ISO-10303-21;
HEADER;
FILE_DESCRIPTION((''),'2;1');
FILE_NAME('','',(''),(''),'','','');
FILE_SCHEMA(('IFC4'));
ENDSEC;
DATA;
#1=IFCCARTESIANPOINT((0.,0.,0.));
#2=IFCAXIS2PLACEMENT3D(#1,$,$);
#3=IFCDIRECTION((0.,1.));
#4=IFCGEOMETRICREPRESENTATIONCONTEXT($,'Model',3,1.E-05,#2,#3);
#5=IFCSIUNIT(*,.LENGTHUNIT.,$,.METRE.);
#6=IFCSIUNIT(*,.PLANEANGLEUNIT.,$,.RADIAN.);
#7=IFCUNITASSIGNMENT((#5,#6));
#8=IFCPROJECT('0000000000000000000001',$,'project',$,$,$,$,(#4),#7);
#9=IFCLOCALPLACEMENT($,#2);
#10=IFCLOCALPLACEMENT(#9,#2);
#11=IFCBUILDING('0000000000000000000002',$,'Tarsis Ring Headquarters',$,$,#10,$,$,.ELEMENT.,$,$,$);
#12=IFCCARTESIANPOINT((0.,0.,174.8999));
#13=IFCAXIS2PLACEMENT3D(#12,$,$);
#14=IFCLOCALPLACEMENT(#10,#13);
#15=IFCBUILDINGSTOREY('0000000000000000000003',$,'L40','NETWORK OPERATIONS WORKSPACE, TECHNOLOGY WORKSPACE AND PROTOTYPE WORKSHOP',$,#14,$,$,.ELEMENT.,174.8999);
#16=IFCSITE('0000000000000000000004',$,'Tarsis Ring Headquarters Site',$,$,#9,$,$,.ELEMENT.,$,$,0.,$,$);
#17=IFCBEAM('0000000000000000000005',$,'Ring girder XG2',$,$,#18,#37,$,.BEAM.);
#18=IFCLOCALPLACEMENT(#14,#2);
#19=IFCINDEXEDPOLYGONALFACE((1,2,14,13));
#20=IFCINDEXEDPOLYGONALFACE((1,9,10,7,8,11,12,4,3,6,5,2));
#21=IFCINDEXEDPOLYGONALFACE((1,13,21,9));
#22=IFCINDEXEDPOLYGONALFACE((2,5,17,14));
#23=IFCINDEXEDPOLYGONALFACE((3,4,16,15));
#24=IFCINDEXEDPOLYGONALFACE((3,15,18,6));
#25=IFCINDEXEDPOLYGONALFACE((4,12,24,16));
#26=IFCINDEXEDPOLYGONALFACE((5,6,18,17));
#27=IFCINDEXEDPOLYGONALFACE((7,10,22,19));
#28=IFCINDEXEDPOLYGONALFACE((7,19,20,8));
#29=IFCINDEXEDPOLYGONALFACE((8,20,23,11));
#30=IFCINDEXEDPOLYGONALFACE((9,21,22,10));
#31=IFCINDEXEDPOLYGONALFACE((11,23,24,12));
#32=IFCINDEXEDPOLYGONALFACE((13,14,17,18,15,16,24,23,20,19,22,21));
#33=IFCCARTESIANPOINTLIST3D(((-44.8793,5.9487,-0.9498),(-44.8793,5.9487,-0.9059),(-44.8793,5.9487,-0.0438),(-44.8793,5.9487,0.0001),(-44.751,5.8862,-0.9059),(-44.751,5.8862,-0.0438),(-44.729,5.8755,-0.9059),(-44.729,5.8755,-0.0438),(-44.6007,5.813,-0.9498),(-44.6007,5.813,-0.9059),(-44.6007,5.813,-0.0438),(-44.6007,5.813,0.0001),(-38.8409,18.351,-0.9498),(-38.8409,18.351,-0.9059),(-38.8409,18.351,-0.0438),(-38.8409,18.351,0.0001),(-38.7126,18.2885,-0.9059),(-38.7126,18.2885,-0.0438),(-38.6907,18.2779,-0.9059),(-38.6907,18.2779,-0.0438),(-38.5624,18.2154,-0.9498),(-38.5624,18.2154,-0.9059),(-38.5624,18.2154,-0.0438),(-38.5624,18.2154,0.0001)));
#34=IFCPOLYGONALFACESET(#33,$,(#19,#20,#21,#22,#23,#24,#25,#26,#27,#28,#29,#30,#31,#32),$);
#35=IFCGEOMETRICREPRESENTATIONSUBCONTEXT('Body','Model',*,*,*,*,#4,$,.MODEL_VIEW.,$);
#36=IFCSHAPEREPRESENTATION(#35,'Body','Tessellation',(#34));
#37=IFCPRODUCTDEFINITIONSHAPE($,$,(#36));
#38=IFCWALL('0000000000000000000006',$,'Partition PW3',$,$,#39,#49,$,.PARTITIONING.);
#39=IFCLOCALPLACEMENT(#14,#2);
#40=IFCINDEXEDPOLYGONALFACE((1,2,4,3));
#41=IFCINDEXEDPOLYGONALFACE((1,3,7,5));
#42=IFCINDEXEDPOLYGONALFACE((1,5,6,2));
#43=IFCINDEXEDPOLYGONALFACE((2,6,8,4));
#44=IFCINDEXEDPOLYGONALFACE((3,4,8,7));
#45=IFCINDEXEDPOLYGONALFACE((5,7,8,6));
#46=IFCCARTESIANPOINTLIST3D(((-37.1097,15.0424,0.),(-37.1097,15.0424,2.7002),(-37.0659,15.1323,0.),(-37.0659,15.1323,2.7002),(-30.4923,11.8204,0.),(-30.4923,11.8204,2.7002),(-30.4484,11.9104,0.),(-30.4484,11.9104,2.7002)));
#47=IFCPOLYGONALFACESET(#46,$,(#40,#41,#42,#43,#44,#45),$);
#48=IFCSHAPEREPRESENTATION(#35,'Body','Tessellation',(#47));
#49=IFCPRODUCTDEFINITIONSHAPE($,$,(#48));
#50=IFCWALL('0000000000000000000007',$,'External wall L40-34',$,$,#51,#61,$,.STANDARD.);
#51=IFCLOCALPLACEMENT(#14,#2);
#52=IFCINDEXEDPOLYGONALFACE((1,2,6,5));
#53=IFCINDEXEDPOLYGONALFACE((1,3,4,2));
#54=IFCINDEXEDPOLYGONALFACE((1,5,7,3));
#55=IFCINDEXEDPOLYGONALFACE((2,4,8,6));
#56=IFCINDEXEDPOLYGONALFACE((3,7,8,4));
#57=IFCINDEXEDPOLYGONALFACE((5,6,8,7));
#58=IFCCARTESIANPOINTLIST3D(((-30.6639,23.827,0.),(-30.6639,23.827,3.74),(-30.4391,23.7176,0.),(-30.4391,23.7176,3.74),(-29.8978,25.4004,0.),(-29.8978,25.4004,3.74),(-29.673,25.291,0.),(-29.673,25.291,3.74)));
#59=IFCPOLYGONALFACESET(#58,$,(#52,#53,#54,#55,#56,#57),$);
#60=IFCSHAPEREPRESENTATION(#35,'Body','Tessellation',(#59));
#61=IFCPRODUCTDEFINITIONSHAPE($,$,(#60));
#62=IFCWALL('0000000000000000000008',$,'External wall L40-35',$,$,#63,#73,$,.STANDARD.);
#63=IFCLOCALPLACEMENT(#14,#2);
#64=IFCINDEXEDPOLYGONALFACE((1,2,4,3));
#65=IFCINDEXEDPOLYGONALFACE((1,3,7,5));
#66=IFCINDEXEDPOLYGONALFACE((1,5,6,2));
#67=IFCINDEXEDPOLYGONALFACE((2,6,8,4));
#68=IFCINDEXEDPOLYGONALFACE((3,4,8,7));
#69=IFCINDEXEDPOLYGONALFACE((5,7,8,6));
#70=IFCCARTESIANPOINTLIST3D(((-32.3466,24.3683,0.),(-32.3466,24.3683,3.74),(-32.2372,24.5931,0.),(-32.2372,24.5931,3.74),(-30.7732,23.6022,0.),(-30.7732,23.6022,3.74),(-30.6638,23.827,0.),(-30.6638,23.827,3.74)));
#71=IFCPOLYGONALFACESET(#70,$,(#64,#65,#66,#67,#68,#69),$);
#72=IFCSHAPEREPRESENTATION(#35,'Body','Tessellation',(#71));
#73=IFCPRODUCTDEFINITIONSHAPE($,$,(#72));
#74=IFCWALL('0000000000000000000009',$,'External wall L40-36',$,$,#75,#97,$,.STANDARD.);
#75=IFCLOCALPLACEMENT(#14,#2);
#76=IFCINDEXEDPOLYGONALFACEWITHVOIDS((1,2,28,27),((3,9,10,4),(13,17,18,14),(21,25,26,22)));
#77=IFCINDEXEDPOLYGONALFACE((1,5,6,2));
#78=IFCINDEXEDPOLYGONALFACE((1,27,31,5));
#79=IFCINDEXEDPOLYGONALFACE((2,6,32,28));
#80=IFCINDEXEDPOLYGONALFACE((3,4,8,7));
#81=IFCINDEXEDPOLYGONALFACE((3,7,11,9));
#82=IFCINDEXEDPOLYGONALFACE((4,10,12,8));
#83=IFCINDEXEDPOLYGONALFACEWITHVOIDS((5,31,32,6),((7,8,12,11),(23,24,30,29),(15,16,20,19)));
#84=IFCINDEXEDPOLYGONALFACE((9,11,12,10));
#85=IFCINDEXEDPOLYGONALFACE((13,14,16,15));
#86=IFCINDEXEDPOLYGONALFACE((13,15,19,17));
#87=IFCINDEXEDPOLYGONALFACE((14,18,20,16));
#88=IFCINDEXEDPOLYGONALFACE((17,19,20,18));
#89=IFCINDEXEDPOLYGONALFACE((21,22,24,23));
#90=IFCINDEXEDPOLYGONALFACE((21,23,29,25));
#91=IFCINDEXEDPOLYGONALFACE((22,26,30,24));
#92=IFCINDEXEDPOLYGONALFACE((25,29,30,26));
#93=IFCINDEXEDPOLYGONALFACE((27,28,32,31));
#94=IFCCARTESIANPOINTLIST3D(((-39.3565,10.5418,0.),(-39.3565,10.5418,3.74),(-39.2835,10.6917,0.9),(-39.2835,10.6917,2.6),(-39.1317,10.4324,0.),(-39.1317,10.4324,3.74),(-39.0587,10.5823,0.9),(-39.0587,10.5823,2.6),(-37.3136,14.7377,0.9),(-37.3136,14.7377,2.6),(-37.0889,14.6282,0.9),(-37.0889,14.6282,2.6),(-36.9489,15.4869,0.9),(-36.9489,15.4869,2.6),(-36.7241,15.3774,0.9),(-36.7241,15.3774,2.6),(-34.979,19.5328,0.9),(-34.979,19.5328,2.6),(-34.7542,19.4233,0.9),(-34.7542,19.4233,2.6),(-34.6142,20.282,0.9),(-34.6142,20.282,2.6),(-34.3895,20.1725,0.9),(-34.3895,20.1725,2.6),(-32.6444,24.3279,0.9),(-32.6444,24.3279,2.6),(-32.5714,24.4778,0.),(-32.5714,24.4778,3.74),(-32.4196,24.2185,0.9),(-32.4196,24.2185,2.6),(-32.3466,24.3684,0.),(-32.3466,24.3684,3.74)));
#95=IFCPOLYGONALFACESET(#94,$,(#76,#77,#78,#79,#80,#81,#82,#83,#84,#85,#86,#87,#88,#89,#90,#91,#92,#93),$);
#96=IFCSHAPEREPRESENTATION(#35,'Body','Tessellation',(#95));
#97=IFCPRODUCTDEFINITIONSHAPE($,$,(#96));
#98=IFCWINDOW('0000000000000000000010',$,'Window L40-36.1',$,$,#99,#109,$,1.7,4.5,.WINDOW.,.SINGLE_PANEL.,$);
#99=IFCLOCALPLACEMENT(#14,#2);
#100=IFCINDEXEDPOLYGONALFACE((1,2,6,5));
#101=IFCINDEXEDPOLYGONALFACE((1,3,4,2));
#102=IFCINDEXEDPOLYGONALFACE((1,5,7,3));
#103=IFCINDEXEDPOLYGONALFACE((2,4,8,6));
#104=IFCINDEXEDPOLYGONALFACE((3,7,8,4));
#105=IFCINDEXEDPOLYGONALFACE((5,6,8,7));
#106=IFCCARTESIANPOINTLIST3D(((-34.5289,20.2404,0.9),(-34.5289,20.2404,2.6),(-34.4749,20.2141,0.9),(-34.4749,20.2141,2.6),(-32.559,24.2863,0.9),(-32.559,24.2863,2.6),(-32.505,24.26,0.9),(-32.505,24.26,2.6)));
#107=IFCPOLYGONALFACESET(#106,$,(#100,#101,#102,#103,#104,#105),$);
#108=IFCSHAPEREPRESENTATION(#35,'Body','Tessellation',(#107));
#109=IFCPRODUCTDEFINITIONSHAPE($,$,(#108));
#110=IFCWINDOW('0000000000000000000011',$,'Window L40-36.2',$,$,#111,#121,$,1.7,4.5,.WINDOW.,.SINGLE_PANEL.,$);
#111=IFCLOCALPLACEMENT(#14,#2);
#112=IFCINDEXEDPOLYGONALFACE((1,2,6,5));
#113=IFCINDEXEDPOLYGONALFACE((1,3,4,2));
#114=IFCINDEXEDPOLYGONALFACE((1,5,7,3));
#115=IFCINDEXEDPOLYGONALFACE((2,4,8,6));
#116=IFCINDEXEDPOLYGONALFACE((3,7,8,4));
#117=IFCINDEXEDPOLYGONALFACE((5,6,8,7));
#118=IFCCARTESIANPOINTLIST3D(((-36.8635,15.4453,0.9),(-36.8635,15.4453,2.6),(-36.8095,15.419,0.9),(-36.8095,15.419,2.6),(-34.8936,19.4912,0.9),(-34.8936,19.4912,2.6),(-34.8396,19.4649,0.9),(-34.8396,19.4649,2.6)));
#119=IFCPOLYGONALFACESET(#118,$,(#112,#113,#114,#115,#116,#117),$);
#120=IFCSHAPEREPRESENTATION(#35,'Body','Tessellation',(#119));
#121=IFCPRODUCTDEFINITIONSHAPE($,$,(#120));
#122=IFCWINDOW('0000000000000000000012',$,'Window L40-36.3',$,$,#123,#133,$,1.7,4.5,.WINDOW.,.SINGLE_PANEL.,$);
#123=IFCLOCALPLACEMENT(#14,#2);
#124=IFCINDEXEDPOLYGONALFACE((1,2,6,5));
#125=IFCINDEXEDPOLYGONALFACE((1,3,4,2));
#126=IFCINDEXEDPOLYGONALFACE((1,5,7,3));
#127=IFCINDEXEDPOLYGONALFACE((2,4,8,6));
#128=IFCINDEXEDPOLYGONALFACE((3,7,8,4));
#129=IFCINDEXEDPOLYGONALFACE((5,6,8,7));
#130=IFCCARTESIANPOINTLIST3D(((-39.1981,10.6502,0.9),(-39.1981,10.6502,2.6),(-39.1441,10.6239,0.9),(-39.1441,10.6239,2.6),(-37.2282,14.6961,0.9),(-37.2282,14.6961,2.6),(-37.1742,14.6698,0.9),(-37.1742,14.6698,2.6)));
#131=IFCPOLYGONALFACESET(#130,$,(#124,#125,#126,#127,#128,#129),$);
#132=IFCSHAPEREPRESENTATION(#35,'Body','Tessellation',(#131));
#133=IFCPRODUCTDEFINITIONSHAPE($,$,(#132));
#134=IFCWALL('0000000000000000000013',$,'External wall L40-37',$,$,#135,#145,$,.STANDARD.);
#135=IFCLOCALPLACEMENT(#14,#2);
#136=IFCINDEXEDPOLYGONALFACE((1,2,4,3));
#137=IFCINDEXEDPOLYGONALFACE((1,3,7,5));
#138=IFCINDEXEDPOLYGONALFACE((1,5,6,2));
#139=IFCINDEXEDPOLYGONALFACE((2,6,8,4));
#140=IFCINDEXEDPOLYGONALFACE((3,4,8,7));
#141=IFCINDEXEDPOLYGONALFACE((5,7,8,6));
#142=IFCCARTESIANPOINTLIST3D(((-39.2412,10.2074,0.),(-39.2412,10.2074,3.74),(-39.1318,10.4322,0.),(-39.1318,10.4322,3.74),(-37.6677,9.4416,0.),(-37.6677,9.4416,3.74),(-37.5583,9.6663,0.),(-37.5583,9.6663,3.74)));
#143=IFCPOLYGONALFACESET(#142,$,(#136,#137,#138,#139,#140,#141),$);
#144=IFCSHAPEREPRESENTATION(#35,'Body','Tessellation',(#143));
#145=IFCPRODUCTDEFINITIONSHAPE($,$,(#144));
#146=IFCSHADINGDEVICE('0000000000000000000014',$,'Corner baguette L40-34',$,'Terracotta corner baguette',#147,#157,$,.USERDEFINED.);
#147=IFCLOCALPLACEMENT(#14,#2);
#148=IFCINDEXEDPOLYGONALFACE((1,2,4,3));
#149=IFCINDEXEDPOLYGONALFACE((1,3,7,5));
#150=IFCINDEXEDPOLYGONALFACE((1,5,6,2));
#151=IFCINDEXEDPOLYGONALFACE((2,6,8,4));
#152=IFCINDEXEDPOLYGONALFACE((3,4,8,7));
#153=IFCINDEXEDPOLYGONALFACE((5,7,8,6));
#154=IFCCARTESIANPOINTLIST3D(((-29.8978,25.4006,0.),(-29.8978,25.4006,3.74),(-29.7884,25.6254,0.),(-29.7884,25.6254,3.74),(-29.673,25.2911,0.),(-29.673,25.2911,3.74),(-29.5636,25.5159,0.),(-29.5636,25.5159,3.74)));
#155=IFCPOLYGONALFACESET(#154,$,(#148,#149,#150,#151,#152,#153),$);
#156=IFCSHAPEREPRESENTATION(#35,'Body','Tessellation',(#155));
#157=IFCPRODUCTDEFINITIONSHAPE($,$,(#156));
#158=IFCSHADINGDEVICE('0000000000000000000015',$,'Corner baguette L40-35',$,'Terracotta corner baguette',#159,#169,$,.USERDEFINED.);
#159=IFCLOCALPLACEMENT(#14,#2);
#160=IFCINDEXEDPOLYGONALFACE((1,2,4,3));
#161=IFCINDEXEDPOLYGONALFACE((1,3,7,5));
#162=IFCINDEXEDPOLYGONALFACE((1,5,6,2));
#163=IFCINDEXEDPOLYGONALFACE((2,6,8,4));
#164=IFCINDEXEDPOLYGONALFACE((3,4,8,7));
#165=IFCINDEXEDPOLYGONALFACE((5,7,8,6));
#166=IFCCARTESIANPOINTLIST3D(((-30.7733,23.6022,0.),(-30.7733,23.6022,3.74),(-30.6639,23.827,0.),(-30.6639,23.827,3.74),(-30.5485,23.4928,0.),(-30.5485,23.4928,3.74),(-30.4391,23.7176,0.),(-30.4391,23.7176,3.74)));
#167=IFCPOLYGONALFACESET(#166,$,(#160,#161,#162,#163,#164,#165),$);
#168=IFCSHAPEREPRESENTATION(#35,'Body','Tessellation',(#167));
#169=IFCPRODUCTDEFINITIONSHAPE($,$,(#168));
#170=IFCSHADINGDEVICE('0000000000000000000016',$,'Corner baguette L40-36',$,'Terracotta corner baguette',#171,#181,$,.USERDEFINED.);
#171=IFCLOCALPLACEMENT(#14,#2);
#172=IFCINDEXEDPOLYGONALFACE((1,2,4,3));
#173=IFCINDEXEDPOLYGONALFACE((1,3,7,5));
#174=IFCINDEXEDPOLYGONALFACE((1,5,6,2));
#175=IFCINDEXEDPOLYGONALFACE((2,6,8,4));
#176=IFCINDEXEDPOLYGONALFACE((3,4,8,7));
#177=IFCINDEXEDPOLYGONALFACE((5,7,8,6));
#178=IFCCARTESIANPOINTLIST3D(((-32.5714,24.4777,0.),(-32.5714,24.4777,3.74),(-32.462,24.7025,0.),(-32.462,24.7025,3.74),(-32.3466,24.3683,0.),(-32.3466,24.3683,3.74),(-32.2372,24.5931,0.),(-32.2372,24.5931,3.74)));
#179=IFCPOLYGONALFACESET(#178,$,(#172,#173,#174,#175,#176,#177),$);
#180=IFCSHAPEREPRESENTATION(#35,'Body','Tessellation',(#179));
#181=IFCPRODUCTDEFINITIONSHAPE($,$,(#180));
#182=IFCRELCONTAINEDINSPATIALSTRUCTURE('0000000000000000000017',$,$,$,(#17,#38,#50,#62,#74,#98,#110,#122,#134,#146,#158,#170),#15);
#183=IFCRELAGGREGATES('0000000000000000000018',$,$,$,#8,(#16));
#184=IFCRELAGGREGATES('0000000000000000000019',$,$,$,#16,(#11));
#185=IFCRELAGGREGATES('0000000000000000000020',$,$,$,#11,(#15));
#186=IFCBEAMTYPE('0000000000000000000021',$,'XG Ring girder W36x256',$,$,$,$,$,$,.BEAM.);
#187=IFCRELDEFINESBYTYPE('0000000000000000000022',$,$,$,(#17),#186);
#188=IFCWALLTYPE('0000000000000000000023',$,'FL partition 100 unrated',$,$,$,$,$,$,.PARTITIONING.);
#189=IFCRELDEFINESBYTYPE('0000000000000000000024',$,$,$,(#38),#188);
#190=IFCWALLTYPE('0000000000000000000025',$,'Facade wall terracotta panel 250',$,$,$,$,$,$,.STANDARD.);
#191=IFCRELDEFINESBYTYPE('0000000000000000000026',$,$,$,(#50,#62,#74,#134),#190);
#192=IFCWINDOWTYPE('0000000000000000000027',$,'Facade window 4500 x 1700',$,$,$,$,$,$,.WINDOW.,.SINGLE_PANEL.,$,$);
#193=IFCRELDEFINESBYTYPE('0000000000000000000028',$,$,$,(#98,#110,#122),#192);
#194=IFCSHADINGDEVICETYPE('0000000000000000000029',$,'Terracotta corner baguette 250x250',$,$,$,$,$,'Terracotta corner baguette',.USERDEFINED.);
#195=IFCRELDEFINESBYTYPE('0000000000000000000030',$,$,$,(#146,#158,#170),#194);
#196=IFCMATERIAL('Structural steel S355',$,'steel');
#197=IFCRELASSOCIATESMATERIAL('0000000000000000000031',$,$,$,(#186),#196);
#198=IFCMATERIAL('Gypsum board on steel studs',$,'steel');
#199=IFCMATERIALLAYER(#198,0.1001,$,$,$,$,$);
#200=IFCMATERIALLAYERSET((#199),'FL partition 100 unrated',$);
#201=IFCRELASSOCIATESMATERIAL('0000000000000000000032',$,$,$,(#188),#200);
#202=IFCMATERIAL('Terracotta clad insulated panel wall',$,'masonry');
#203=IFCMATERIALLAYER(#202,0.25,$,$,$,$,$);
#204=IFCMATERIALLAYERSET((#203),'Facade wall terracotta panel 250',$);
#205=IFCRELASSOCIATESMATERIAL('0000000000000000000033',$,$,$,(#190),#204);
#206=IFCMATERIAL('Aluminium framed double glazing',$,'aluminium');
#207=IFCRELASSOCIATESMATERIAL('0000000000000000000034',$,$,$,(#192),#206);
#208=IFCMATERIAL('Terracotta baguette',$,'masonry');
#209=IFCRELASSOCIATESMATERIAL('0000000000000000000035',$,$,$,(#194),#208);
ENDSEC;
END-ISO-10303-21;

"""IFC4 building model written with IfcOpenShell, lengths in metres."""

from ifc_helpers import new_model, si_unit, direction, frame, frame_2d, origin, origin_2d, place, context, subcontext, project, spatial, rectangle, i_section, extrude, material, layer, layer_set, material_profile, profile_set, type_object, element, fill, save


model = new_model("IFC4")

# Units and contexts
model_context = context("Model", 3, precision=1e-05, world=origin(), true_north=direction((0.0, 1.0)))
body_context = subcontext(model_context, "Body", "Model", "MODEL_VIEW")
ifc_project = project(units=[si_unit("LENGTHUNIT", "METRE"), si_unit("PLANEANGLEUNIT", "RADIAN")], contexts=[model_context])

# Site, building, storey
site_placement = place(None, origin())
site = spatial("IfcSite", under=ifc_project, at=site_placement, Name="Tarsis Ring Headquarters Site", CompositionType="ELEMENT", RefElevation=0.0)
building_placement = place(site_placement, origin())
building = spatial("IfcBuilding", under=site, at=building_placement, Name="Tarsis Ring Headquarters", CompositionType="ELEMENT")
storey_placement = place(building_placement, frame((0.0, 0.0, 174.8999)))
storey = spatial("IfcBuildingStorey", under=building, at=storey_placement, Name="L40", Description="NETWORK OPERATIONS WORKSPACE, TECHNOLOGY WORKSPACE AND PROTOTYPE WORKSHOP", CompositionType="ELEMENT", Elevation=174.8999)

# Shared definitions
ifc_material_1 = material(Name="Structural steel S355", Category="steel")

# Beam
ifc_material_profile_1 = material_profile(ifc_material_1, i_section(OverallWidth=0.3098, OverallDepth=0.95, WebThickness=0.0244, FlangeThickness=0.0439, at=origin_2d()), Name="W36x256")
ifc_profile_set_1 = profile_set([ifc_material_profile_1], Name="Structural steel S355")
beam_type = type_object("IfcBeamType", Name="XG Ring girder W36x256", PredefinedType="BEAM", material=ifc_profile_set_1)
for number, where, z_axis, x_axis, name in (
    (1, (-38.7017, 18.2832, -0.4749), (-0.437745, -0.899099, 0.0), (0.899099, -0.437745, 0.0), "Ring girder XG2"),
):
    element("IfcBeam", number, at=place(storey_placement, frame(where, z_axis=z_axis, x_axis=x_axis)), inside=storey, type_object=beam_type, Name=name, PredefinedType="BEAM", context=body_context, shape_type="SweptSolid", body=[
        extrude(i_section(OverallWidth=0.3098, OverallDepth=0.95, WebThickness=0.0244, FlangeThickness=0.0439, at=origin_2d()), origin(), (0.0, 0.0, 1.0), 13.7942),
    ])

# Walls
ifc_material_2 = material(Name="Gypsum board on steel studs", Category="steel")
ifc_layer_1 = layer(ifc_material_2, 0.1001)
ifc_layer_set_1 = layer_set([ifc_layer_1], Name="FL partition 100 unrated")
wall_type_1 = type_object("IfcWallType", Name="FL partition 100 unrated", PredefinedType="PARTITIONING", material=ifc_layer_set_1)
wall_1_placement = place(storey_placement, frame((-37.0879, 15.0874, 0.0), z_axis=(0.0, 0.0, 1.0), x_axis=(0.899094, -0.437755, 0.0)))
element("IfcWall", 2, at=wall_1_placement, inside=storey, type_object=wall_type_1, Name="Partition PW3", PredefinedType="PARTITIONING", context=body_context, shape_type="SweptSolid", body=[
    extrude(rectangle(XDim=7.3601, YDim=0.1001, at=frame_2d((3.6802, 0.0))), origin(), (0.0, 0.0, 1.0), 2.7002),
])
ifc_material_3 = material(Name="Terracotta clad insulated panel wall", Category="masonry")
ifc_layer_2 = layer(ifc_material_3, 0.25)
ifc_layer_set_2 = layer_set([ifc_layer_2], Name="Facade wall terracotta panel 250")
wall_type_2 = type_object("IfcWallType", Name="Facade wall terracotta panel 250", PredefinedType="STANDARD", material=ifc_layer_set_2)
for number, where, z_axis, x_axis, name in (
    (3, (-29.7854, 25.3457, 0.0), (0.0, 0.0, 1.0), (-0.437758, -0.899093, 0.0), "External wall L40-34"),
    (4, (-30.7185, 23.7146, 0.0), (0.0, 0.0, 1.0), (-0.899093, 0.437758, 0.0), "External wall L40-35"),
):
    element("IfcWall", number, at=place(storey_placement, frame(where, z_axis=z_axis, x_axis=x_axis)), inside=storey, type_object=wall_type_2, Name=name, PredefinedType="STANDARD", context=body_context, shape_type="SweptSolid", body=[
        extrude(rectangle(XDim=1.75, YDim=0.25, at=frame_2d((0.875, 0.0))), origin(), (0.0, 0.0, 1.0), 3.74),
    ])

# Wall, openings, windows
wall_2_placement = place(storey_placement, frame((-32.459, 24.4231, 0.0), z_axis=(0.0, 0.0, 1.0), x_axis=(-0.437751, -0.899096, 0.0)))
wall_2 = element("IfcWall", 5, at=wall_2_placement, inside=storey, type_object=wall_type_2, Name="External wall L40-36", PredefinedType="STANDARD", context=body_context, shape_type="SweptSolid", body=[
    extrude(rectangle(XDim=15.5, YDim=0.25, at=frame_2d((7.75, 0.0))), origin(), (0.0, 0.0, 1.0), 3.74),
])
opening_1_placement = place(wall_2_placement, frame((0.1667, 0.0, 0.8999)))
opening_1 = element("IfcOpeningElement", 6, at=opening_1_placement, cuts=wall_2, PredefinedType="OPENING", context=body_context, shape_type="SweptSolid", body=[
    extrude(rectangle(XDim=4.5, YDim=1.7, at=frame_2d((2.25, 0.8501))), frame((0.0, 0.135, 0.0), z_axis=(0.0, -1.0, 0.0), x_axis=(1.0, 0.0, 0.0)), (0.0, 0.0, 1.0), 0.27),
])
opening_2_placement = place(wall_2_placement, frame((5.5, 0.0, 0.8999)))
opening_2 = element("IfcOpeningElement", 7, at=opening_2_placement, cuts=wall_2, PredefinedType="OPENING", context=body_context, shape_type="SweptSolid", body=[
    extrude(rectangle(XDim=4.5, YDim=1.7, at=frame_2d((2.25, 0.8501))), frame((0.0, 0.135, 0.0), z_axis=(0.0, -1.0, 0.0), x_axis=(1.0, 0.0, 0.0)), (0.0, 0.0, 1.0), 0.27),
])
opening_3_placement = place(wall_2_placement, frame((10.8333, 0.0, 0.8999)))
opening_3 = element("IfcOpeningElement", 8, at=opening_3_placement, cuts=wall_2, PredefinedType="OPENING", context=body_context, shape_type="SweptSolid", body=[
    extrude(rectangle(XDim=4.5, YDim=1.7, at=frame_2d((2.25, 0.8501))), frame((0.0, 0.135, 0.0), z_axis=(0.0, -1.0, 0.0), x_axis=(1.0, 0.0, 0.0)), (0.0, 0.0, 1.0), 0.27),
])
ifc_material_4 = material(Name="Aluminium framed double glazing", Category="aluminium")
window_type = type_object("IfcWindowType", Name="Facade window 4500 x 1700", PartitioningType="SINGLE_PANEL", PredefinedType="WINDOW", material=ifc_material_4)
window_1_placement = place(opening_1_placement, origin())
window_1 = element("IfcWindow", 9, at=window_1_placement, inside=storey, type_object=window_type, Name="Window L40-36.1", OverallHeight=1.7, OverallWidth=4.5, PartitioningType="SINGLE_PANEL", PredefinedType="WINDOW", context=body_context, shape_type="SweptSolid", body=[
    extrude(rectangle(XDim=4.5, YDim=1.7, at=frame_2d((2.25, 0.8501))), frame((0.0, 0.03, 0.0), z_axis=(0.0, -1.0, 0.0), x_axis=(1.0, 0.0, 0.0)), (0.0, 0.0, 1.0), 0.0601),
])
fill(opening_1, window_1)
window_2_placement = place(opening_2_placement, origin())
window_2 = element("IfcWindow", 10, at=window_2_placement, inside=storey, type_object=window_type, Name="Window L40-36.2", OverallHeight=1.7, OverallWidth=4.5, PartitioningType="SINGLE_PANEL", PredefinedType="WINDOW", context=body_context, shape_type="SweptSolid", body=[
    extrude(rectangle(XDim=4.5, YDim=1.7, at=frame_2d((2.25, 0.8501))), frame((0.0, 0.03, 0.0), z_axis=(0.0, -1.0, 0.0), x_axis=(1.0, 0.0, 0.0)), (0.0, 0.0, 1.0), 0.0601),
])
fill(opening_2, window_2)
window_3_placement = place(opening_3_placement, origin())
window_3 = element("IfcWindow", 11, at=window_3_placement, inside=storey, type_object=window_type, Name="Window L40-36.3", OverallHeight=1.7, OverallWidth=4.5, PartitioningType="SINGLE_PANEL", PredefinedType="WINDOW", context=body_context, shape_type="SweptSolid", body=[
    extrude(rectangle(XDim=4.5, YDim=1.7, at=frame_2d((2.25, 0.8501))), frame((0.0, 0.03, 0.0), z_axis=(0.0, -1.0, 0.0), x_axis=(1.0, 0.0, 0.0)), (0.0, 0.0, 1.0), 0.0601),
])
fill(opening_3, window_3)

# Wall
wall_3_placement = place(storey_placement, frame((-39.1865, 10.3198, 0.0), z_axis=(0.0, 0.0, 1.0), x_axis=(0.899148, -0.437646, 0.0)))
element("IfcWall", 12, at=wall_3_placement, inside=storey, type_object=wall_type_2, Name="External wall L40-37", PredefinedType="STANDARD", context=body_context, shape_type="SweptSolid", body=[
    extrude(rectangle(XDim=1.75, YDim=0.25, at=frame_2d((0.875, 0.0))), origin(), (0.0, 0.0, 1.0), 3.74),
])

# Shading devices
ifc_material_5 = material(Name="Terracotta baguette", Category="masonry")
shading_device_type_1 = type_object("IfcShadingDeviceType", Name="Terracotta corner baguette 250x250", ElementType="Terracotta corner baguette", PredefinedType="USERDEFINED", material=ifc_material_5)
for number, where, z_axis, x_axis, name in (
    (13, (-29.7307, 25.4583, 0.0), (0.0, 0.0, 1.0), (-0.8991, 0.437743, 0.0), "Corner baguette L40-34"),
    (14, (-30.6062, 23.6599, 0.0), (0.0, 0.0, 1.0), (-0.437743, -0.8991, 0.0), "Corner baguette L40-35"),
    (15, (-32.4043, 24.5354, 0.0), (0.0, 0.0, 1.0), (-0.8991, 0.437744, 0.0), "Corner baguette L40-36"),
):
    element("IfcShadingDevice", number, at=place(storey_placement, frame(where, z_axis=z_axis, x_axis=x_axis)), inside=storey, type_object=shading_device_type_1, Name=name, ObjectType="Terracotta corner baguette", PredefinedType="USERDEFINED", context=body_context, shape_type="SweptSolid", body=[
        extrude(rectangle(XDim=0.25, YDim=0.25, at=origin_2d()), origin(), (0.0, 0.0, 1.0), 3.74),
    ])

save(model, "model.ifc")
